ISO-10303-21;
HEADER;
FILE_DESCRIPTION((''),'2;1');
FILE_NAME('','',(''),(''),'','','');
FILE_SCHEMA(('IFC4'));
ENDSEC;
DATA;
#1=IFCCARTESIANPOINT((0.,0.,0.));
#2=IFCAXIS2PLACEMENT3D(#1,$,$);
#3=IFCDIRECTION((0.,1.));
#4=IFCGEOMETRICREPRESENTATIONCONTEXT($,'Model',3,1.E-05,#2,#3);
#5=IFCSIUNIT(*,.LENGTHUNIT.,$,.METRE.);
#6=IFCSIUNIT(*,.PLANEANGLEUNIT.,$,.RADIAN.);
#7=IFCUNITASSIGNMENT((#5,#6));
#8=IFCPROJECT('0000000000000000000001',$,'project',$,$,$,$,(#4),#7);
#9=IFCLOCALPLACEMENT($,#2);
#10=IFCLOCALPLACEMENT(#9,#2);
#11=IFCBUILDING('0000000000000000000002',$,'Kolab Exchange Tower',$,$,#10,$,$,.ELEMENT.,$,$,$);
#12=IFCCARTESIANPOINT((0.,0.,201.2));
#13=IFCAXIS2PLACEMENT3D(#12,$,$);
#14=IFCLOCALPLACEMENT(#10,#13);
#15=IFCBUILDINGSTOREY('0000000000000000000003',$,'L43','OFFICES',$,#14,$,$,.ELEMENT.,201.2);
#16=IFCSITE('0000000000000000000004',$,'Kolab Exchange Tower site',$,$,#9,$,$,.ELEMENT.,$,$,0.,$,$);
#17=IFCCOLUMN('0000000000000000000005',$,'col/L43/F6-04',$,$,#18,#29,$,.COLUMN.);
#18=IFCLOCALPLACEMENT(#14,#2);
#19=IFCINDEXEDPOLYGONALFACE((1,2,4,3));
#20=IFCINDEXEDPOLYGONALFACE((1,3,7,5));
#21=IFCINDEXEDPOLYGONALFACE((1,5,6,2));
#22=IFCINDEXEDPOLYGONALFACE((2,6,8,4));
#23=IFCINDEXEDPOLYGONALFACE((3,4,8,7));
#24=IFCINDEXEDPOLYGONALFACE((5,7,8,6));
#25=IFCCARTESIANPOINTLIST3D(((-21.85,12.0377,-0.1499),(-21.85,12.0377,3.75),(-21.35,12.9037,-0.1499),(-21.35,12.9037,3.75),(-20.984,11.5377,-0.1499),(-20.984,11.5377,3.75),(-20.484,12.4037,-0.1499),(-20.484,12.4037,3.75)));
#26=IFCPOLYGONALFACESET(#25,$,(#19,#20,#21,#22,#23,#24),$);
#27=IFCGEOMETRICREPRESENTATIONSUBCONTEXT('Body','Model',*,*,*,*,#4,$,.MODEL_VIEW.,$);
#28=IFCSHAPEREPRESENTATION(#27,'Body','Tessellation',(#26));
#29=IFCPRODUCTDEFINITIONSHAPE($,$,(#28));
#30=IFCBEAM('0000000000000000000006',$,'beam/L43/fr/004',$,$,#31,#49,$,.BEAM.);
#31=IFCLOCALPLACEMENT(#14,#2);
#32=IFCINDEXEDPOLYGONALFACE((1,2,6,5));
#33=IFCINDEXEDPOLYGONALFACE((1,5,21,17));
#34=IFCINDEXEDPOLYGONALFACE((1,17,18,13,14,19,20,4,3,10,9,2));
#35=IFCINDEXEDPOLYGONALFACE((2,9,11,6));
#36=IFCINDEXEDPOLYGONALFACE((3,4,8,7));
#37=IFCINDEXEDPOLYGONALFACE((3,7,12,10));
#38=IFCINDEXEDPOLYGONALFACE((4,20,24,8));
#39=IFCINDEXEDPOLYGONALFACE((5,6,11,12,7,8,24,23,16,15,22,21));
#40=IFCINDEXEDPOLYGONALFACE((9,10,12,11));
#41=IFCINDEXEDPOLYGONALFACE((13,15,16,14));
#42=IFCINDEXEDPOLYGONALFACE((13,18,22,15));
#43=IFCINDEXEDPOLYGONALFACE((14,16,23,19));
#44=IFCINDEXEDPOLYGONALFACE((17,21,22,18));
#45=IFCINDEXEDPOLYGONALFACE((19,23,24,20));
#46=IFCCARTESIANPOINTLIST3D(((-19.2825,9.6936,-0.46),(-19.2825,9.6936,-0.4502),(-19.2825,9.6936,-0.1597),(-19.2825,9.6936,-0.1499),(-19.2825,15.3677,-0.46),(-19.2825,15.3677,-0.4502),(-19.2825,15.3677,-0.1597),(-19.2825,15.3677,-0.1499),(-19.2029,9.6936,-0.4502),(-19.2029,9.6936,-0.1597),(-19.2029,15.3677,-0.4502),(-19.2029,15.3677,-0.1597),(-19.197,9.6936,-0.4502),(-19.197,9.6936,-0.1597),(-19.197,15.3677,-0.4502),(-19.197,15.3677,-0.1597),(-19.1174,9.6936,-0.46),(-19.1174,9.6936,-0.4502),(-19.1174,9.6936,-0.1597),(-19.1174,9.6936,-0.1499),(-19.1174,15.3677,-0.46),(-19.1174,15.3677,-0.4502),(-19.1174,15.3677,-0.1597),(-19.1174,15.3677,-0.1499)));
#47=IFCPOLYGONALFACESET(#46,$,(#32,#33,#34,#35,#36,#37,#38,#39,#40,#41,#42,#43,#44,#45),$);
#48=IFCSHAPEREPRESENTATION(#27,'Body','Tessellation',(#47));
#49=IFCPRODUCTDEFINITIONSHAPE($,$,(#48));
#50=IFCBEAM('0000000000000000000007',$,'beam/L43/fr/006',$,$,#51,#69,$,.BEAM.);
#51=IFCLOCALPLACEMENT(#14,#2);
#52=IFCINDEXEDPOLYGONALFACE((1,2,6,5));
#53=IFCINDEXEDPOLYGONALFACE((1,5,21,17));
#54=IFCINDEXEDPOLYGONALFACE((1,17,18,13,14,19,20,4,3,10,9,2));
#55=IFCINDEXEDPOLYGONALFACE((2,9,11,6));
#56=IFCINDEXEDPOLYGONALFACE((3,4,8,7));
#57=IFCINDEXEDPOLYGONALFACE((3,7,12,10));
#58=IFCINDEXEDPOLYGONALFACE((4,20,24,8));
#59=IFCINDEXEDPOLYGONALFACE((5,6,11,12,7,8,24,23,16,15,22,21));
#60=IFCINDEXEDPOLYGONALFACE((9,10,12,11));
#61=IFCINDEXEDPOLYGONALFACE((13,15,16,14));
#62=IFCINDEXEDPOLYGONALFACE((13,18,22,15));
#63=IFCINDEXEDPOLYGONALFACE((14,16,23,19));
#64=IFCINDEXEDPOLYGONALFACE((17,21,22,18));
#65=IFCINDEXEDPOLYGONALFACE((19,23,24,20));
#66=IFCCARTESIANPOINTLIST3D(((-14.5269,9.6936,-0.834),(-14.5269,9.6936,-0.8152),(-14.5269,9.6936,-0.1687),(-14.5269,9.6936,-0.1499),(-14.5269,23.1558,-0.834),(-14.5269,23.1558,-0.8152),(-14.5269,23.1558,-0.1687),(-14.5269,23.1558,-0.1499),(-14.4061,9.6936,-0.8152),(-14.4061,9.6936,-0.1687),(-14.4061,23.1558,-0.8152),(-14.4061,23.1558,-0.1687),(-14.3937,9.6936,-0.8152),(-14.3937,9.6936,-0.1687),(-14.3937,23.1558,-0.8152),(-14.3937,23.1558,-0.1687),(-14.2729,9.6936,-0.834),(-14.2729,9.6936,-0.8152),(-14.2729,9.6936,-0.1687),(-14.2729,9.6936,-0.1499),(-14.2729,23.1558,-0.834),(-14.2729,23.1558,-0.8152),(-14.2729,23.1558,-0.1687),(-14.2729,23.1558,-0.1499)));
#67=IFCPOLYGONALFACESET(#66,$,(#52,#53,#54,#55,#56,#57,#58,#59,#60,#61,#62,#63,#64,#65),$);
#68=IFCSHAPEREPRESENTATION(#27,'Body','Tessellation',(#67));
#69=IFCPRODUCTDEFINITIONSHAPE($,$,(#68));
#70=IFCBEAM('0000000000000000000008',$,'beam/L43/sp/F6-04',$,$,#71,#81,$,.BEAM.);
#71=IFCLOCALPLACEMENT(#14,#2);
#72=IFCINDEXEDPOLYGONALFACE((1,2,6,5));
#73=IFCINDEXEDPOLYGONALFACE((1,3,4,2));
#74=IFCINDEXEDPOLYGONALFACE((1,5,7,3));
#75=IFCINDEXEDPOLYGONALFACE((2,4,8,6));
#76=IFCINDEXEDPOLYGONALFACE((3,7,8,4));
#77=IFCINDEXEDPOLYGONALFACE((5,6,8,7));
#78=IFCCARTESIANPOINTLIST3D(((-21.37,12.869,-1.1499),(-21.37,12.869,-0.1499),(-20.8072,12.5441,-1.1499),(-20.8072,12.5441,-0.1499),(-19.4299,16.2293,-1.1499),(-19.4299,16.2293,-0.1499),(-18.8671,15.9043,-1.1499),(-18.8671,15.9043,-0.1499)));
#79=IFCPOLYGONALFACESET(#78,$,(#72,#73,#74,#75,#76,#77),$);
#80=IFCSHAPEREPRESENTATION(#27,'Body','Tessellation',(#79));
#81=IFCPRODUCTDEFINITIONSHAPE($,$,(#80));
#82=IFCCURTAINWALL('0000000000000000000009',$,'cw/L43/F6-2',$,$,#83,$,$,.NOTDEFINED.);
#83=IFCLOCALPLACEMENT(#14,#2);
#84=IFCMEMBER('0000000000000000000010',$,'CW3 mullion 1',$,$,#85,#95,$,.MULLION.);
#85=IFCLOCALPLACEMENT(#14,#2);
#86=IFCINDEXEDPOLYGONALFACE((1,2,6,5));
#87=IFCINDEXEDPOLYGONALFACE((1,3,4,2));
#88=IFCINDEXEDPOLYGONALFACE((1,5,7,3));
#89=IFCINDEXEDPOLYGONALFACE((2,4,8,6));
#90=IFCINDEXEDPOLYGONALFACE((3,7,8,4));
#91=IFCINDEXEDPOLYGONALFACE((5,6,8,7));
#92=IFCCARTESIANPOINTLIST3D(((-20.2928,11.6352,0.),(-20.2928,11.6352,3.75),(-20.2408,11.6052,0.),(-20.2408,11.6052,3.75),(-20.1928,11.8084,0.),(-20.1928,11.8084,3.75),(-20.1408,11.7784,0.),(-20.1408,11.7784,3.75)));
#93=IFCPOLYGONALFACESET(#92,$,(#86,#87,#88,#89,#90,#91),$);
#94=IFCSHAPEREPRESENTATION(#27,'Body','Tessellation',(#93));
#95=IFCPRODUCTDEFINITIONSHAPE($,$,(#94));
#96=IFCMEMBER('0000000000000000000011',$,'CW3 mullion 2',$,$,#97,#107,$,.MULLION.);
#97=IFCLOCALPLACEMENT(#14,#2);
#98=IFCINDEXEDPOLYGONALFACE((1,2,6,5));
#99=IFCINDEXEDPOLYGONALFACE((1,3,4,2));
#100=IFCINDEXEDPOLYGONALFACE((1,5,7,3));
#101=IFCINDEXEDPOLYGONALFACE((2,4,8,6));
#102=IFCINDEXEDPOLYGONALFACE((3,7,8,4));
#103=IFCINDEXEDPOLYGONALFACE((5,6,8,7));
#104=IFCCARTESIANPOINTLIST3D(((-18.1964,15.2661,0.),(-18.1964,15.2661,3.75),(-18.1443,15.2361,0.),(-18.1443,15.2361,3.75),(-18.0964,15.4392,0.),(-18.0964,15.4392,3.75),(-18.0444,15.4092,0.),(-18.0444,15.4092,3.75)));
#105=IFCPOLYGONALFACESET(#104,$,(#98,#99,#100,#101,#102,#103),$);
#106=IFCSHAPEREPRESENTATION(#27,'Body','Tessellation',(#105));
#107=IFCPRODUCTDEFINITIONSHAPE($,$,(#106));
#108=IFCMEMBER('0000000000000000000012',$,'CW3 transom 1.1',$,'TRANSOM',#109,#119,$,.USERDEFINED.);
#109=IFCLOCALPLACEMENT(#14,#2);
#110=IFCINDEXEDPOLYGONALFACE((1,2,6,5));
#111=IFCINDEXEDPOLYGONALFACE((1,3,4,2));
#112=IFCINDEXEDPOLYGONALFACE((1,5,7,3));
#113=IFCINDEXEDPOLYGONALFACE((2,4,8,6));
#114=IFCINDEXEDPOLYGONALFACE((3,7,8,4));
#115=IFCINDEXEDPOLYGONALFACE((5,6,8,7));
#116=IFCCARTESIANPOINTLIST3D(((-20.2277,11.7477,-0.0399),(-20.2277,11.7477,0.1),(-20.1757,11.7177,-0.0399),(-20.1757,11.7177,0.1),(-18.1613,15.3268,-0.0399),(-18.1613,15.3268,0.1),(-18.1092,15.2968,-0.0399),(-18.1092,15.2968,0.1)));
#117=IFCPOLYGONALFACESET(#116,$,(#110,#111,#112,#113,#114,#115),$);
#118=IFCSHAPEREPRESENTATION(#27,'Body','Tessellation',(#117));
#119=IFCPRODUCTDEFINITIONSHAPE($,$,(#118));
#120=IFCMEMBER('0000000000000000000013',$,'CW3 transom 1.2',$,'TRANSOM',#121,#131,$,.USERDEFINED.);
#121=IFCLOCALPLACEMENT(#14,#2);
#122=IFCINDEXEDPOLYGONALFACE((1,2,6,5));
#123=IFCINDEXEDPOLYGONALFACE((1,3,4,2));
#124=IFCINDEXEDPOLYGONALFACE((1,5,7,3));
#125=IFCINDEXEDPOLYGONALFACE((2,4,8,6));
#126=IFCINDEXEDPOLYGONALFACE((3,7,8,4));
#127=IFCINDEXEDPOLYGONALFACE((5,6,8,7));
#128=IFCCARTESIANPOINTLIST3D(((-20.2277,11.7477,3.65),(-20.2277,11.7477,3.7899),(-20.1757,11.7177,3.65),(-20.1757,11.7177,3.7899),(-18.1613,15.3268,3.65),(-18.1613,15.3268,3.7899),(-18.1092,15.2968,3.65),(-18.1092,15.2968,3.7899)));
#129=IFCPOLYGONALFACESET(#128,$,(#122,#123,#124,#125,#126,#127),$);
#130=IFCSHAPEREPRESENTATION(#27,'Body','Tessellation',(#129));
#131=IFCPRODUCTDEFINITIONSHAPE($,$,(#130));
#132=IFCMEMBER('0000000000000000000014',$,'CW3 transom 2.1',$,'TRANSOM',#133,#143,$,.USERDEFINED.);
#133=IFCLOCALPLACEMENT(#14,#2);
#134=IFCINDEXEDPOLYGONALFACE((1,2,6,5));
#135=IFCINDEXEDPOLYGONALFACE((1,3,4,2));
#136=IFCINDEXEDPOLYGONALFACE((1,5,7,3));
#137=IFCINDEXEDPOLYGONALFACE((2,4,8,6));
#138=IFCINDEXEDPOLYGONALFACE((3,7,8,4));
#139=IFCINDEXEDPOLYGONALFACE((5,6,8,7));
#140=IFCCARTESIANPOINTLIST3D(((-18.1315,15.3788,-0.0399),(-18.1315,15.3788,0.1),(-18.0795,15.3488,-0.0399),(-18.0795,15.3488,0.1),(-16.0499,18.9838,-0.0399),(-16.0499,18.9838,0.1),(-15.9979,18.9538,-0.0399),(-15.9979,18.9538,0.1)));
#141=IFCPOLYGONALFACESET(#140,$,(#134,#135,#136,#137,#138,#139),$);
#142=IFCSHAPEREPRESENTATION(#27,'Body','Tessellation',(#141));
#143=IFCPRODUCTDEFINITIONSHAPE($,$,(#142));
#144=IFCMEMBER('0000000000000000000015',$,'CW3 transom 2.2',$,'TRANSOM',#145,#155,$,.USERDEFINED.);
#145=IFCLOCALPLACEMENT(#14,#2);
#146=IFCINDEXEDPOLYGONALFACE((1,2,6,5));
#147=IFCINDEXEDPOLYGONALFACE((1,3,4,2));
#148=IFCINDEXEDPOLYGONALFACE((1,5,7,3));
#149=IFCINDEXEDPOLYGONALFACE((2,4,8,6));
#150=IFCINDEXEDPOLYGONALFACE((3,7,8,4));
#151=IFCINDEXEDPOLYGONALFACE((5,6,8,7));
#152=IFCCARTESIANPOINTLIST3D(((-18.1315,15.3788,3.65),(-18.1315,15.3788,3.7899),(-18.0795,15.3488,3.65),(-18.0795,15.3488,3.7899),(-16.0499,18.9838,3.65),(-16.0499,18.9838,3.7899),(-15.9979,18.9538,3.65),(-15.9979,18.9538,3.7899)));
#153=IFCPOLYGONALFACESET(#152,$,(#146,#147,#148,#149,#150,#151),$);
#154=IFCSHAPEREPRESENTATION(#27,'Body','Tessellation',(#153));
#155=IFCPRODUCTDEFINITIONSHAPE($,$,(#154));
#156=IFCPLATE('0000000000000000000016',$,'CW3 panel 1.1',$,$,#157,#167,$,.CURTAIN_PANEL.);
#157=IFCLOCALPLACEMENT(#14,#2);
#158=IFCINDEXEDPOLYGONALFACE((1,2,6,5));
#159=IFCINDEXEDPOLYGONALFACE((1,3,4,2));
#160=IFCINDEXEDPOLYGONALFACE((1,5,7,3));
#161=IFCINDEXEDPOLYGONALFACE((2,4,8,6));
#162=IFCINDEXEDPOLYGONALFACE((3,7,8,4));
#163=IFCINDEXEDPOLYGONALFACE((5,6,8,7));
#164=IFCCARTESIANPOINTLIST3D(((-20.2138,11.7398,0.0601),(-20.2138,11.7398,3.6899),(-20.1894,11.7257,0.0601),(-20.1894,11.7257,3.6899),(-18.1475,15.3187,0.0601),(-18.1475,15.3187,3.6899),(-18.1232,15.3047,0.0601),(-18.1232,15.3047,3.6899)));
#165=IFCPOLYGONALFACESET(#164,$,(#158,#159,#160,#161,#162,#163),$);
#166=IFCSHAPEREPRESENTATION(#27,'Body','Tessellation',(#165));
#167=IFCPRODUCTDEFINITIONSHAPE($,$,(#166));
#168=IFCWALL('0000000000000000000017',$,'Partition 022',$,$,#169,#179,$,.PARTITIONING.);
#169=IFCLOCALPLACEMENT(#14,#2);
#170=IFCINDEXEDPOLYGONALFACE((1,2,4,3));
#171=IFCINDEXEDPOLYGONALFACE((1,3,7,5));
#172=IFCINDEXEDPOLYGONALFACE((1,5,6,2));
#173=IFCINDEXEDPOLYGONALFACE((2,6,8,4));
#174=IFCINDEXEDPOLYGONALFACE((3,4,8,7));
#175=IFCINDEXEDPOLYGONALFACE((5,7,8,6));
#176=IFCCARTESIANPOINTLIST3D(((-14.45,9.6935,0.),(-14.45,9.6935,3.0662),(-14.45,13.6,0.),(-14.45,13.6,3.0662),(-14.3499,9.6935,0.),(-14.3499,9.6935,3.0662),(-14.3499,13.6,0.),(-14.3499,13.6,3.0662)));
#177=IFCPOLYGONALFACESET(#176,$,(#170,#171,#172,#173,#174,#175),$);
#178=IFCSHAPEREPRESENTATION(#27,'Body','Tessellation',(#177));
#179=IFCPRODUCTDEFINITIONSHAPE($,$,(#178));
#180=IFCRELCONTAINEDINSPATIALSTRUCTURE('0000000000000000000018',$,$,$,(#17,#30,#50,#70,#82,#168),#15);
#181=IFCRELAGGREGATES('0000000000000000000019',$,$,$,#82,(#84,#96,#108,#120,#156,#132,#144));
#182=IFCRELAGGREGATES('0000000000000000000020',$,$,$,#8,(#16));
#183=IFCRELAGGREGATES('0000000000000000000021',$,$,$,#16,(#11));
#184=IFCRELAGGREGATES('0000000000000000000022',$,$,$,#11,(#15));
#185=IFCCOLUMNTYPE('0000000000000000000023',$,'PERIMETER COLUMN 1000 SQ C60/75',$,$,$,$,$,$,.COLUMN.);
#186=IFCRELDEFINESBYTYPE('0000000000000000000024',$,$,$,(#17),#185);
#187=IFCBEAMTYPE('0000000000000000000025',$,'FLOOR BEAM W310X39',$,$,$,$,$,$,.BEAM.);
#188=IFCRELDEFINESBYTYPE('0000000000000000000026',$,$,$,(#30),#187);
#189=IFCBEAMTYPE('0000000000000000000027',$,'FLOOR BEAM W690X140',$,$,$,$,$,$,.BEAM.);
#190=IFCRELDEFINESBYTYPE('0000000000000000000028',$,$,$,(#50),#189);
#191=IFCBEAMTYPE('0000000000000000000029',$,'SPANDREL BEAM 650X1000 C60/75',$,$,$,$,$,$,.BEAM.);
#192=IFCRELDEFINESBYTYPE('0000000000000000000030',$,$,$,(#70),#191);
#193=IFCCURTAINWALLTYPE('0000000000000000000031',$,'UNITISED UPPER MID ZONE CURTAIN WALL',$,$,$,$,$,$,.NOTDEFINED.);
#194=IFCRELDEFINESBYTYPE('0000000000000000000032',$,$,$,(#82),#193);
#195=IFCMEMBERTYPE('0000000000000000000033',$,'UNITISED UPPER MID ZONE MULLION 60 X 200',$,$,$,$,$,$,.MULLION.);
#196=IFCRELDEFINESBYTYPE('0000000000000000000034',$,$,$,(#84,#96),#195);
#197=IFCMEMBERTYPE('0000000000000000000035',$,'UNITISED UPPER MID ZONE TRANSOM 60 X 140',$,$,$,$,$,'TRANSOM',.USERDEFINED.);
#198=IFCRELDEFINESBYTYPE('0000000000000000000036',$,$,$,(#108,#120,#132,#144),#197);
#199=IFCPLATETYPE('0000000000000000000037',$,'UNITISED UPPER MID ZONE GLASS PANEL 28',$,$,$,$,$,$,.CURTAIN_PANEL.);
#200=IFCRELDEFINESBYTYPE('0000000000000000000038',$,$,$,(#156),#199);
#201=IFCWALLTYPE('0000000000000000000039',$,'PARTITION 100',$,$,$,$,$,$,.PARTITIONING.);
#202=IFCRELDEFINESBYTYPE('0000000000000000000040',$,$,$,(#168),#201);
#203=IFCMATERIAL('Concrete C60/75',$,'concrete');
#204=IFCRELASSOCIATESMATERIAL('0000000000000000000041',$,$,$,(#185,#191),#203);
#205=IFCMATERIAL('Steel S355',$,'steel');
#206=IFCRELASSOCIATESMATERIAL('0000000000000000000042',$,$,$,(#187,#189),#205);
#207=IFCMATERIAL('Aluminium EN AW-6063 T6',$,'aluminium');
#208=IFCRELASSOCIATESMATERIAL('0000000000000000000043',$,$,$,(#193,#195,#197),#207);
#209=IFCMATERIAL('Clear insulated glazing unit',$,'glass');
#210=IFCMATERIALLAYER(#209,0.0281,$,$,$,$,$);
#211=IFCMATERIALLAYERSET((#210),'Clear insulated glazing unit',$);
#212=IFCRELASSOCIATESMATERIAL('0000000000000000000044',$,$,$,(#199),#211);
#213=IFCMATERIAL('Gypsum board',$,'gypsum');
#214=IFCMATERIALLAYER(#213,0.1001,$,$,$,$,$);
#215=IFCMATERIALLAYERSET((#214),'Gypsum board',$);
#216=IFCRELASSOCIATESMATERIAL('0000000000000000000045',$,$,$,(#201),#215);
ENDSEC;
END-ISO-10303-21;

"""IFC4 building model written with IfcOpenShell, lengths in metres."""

from ifc_helpers import new_model, si_unit, direction, frame, frame_2d, origin, origin_2d, place, context, subcontext, project, spatial, rectangle, i_section, extrude, material, layer, layer_set, material_profile, profile_set, type_object, element, aggregate, save


model = new_model("IFC4")

# Units and contexts
model_context = context("Model", 3, precision=1e-05, world=origin(), true_north=direction((0.0, 1.0)))
body_context = subcontext(model_context, "Body", "Model", "MODEL_VIEW")
ifc_project = project(units=[si_unit("LENGTHUNIT", "METRE"), si_unit("PLANEANGLEUNIT", "RADIAN")], contexts=[model_context])

# Site, building, storey
site_placement = place(None, origin())
site = spatial("IfcSite", under=ifc_project, at=site_placement, Name="Kolab Exchange Tower site", CompositionType="ELEMENT", RefElevation=0.0)
building_placement = place(site_placement, origin())
building = spatial("IfcBuilding", under=site, at=building_placement, Name="Kolab Exchange Tower", CompositionType="ELEMENT")
storey_placement = place(building_placement, frame((0.0, 0.0, 201.2)))
storey = spatial("IfcBuildingStorey", under=building, at=storey_placement, Name="L43", Description="OFFICES", CompositionType="ELEMENT", Elevation=201.2)

# Column
ifc_material_1 = material(Name="Concrete C60/75", Category="concrete")
ifc_material_profile_1 = material_profile(ifc_material_1, rectangle(XDim=1.0, YDim=1.0, at=origin_2d()), Name="RC1000")
ifc_profile_set_1 = profile_set([ifc_material_profile_1], Name="Concrete C60/75")
column_type = type_object("IfcColumnType", Name="PERIMETER COLUMN 1000 SQ C60/75", PredefinedType="COLUMN", material=ifc_profile_set_1)
column_placement = place(storey_placement, frame((-21.167, 12.2207, -0.1499), z_axis=(0.0, 0.0, 1.0), x_axis=(0.5, 0.866025, 0.0)))
element("IfcColumn", 1, at=column_placement, inside=storey, type_object=column_type, Name="col/L43/F6-04", PredefinedType="COLUMN", context=body_context, shape_type="SweptSolid", body=[
    extrude(rectangle(XDim=1.0, YDim=1.0, at=origin_2d()), origin(), (0.0, 0.0, 1.0), 3.8999),
])

# Beams
ifc_material_2 = material(Name="Steel S355", Category="steel")
ifc_material_profile_2 = material_profile(ifc_material_2, i_section(OverallWidth=0.165, OverallDepth=0.3101, WebThickness=0.0059, FlangeThickness=0.0098, at=origin_2d()), Name="W310X39")
ifc_profile_set_2 = profile_set([ifc_material_profile_2], Name="Steel S355")
beam_type_1 = type_object("IfcBeamType", Name="FLOOR BEAM W310X39", PredefinedType="BEAM", material=ifc_profile_set_2)
beam_1_placement = place(storey_placement, frame((-19.2, 9.6936, -0.3049), z_axis=(0.0, 1.0, 0.0), x_axis=(-1.0, 0.0, 0.0)))
element("IfcBeam", 2, at=beam_1_placement, inside=storey, type_object=beam_type_1, Name="beam/L43/fr/004", PredefinedType="BEAM", context=body_context, shape_type="SweptSolid", body=[
    extrude(i_section(OverallWidth=0.165, OverallDepth=0.3101, WebThickness=0.0059, FlangeThickness=0.0098, at=origin_2d()), origin(), (0.0, 0.0, 1.0), 5.6741),
])
ifc_material_profile_3 = material_profile(ifc_material_2, i_section(OverallWidth=0.2539, OverallDepth=0.6841, WebThickness=0.0125, FlangeThickness=0.0188, at=origin_2d()), Name="W690X140")
ifc_profile_set_3 = profile_set([ifc_material_profile_3], Name="Steel S355")
beam_type_2 = type_object("IfcBeamType", Name="FLOOR BEAM W690X140", PredefinedType="BEAM", material=ifc_profile_set_3)
beam_2_placement = place(storey_placement, frame((-14.3999, 9.6936, -0.4919), z_axis=(0.0, 1.0, 0.0), x_axis=(-1.0, 0.0, 0.0)))
element("IfcBeam", 3, at=beam_2_placement, inside=storey, type_object=beam_type_2, Name="beam/L43/fr/006", PredefinedType="BEAM", context=body_context, shape_type="SweptSolid", body=[
    extrude(i_section(OverallWidth=0.2539, OverallDepth=0.6841, WebThickness=0.0125, FlangeThickness=0.0188, at=origin_2d()), origin(), (0.0, 0.0, 1.0), 13.4622),
])
ifc_material_profile_4 = material_profile(ifc_material_1, rectangle(XDim=0.6499, YDim=1.0, at=origin_2d()), Name="RC650X1000")
ifc_profile_set_4 = profile_set([ifc_material_profile_4], Name="Concrete C60/75")
beam_type_3 = type_object("IfcBeamType", Name="SPANDREL BEAM 650X1000 C60/75", PredefinedType="BEAM", material=ifc_profile_set_4)
beam_3_placement = place(storey_placement, frame((-21.0886, 12.7065, -0.6499), z_axis=(0.500017, 0.866016, 0.0), x_axis=(-0.866016, 0.500017, 0.0)))
element("IfcBeam", 4, at=beam_3_placement, inside=storey, type_object=beam_type_3, Name="beam/L43/sp/F6-04", PredefinedType="BEAM", context=body_context, shape_type="SweptSolid", body=[
    extrude(rectangle(XDim=0.6499, YDim=1.0, at=origin_2d()), origin(), (0.0, 0.0, 1.0), 3.8801),
])

# Curtain wall, members, plate
ifc_material_3 = material(Name="Aluminium EN AW-6063 T6", Category="aluminium")
curtain_wall_type = type_object("IfcCurtainWallType", Name="UNITISED UPPER MID ZONE CURTAIN WALL", PredefinedType="NOTDEFINED", material=ifc_material_3)
curtain_wall_placement = place(storey_placement, origin())
curtain_wall = element("IfcCurtainWall", 5, at=curtain_wall_placement, inside=storey, type_object=curtain_wall_type, Name="cw/L43/F6-2", PredefinedType="NOTDEFINED")
ifc_material_profile_5 = material_profile(ifc_material_3, rectangle(XDim=0.0601, YDim=0.2, at=origin_2d()), Name="RECT 60X200")
ifc_profile_set_5 = profile_set([ifc_material_profile_5], Name="Aluminium EN AW-6063 T6")
member_type_1 = type_object("IfcMemberType", Name="UNITISED UPPER MID ZONE MULLION 60 X 200", PredefinedType="MULLION", material=ifc_profile_set_5)
member_1_placement = place(storey_placement, frame((-20.2168, 11.7068, 0.0), z_axis=(0.0, 0.0, 1.0), x_axis=(-0.866025, 0.5, 0.0)))
member_1 = element("IfcMember", 6, at=member_1_placement, type_object=member_type_1, Name="CW3 mullion 1", PredefinedType="MULLION", context=body_context, shape_type="SweptSolid", body=[
    extrude(rectangle(XDim=0.0601, YDim=0.2, at=origin_2d()), origin(), (0.0, 0.0, 1.0), 3.75),
])
member_2_placement = place(storey_placement, frame((-18.1204, 15.3376, 0.0), z_axis=(0.0, 0.0, 1.0), x_axis=(-0.866025, 0.5, 0.0)))
member_2 = element("IfcMember", 7, at=member_2_placement, type_object=member_type_1, Name="CW3 mullion 2", PredefinedType="MULLION", context=body_context, shape_type="SweptSolid", body=[
    extrude(rectangle(XDim=0.0601, YDim=0.2, at=origin_2d()), origin(), (0.0, 0.0, 1.0), 3.75),
])
ifc_material_profile_6 = material_profile(ifc_material_3, rectangle(XDim=0.0601, YDim=0.1399, at=origin_2d()), Name="RECT 60X140")
ifc_profile_set_6 = profile_set([ifc_material_profile_6], Name="Aluminium EN AW-6063 T6")
member_type_2 = type_object("IfcMemberType", Name="UNITISED UPPER MID ZONE TRANSOM 60 X 140", ElementType="TRANSOM", PredefinedType="USERDEFINED", material=ifc_profile_set_6)
member_3_placement = place(storey_placement, frame((-20.2017, 11.7327, 0.03), z_axis=(0.500002, 0.866024, 0.0), x_axis=(-0.866024, 0.500002, 0.0)))
member_3 = element("IfcMember", 8, at=member_3_placement, type_object=member_type_2, Name="CW3 transom 1.1", ObjectType="TRANSOM", PredefinedType="USERDEFINED", context=body_context, shape_type="SweptSolid", body=[
    extrude(rectangle(XDim=0.0601, YDim=0.1399, at=origin_2d()), origin(), (0.0, 0.0, 1.0), 4.1328),
])
member_4_placement = place(storey_placement, frame((-20.2017, 11.7327, 3.72), z_axis=(0.500002, 0.866024, 0.0), x_axis=(-0.866024, 0.500002, 0.0)))
member_4 = element("IfcMember", 9, at=member_4_placement, type_object=member_type_2, Name="CW3 transom 1.2", ObjectType="TRANSOM", PredefinedType="USERDEFINED", context=body_context, shape_type="SweptSolid", body=[
    extrude(rectangle(XDim=0.0601, YDim=0.1399, at=origin_2d()), origin(), (0.0, 0.0, 1.0), 4.1328),
])
member_5_placement = place(storey_placement, frame((-18.1055, 15.3638, 0.03), z_axis=(0.500037, 0.866004, 0.0), x_axis=(-0.866004, 0.500037, 0.0)))
member_5 = element("IfcMember", 10, at=member_5_placement, type_object=member_type_2, Name="CW3 transom 2.1", ObjectType="TRANSOM", PredefinedType="USERDEFINED", context=body_context, shape_type="SweptSolid", body=[
    extrude(rectangle(XDim=0.0601, YDim=0.1399, at=origin_2d()), origin(), (0.0, 0.0, 1.0), 4.1628),
])
member_6_placement = place(storey_placement, frame((-18.1055, 15.3638, 3.72), z_axis=(0.500037, 0.866004, 0.0), x_axis=(-0.866004, 0.500037, 0.0)))
member_6 = element("IfcMember", 11, at=member_6_placement, type_object=member_type_2, Name="CW3 transom 2.2", ObjectType="TRANSOM", PredefinedType="USERDEFINED", context=body_context, shape_type="SweptSolid", body=[
    extrude(rectangle(XDim=0.0601, YDim=0.1399, at=origin_2d()), origin(), (0.0, 0.0, 1.0), 4.1628),
])
ifc_material_4 = material(Name="Clear insulated glazing unit", Category="glass")
ifc_layer_1 = layer(ifc_material_4, 0.0281)
ifc_layer_set_1 = layer_set([ifc_layer_1], Name="Clear insulated glazing unit")
plate_type = type_object("IfcPlateType", Name="UNITISED UPPER MID ZONE GLASS PANEL 28", PredefinedType="CURTAIN_PANEL", material=ifc_layer_set_1)
plate_placement = place(storey_placement, frame((-19.1685, 13.5222, 0.0601), z_axis=(0.0, 0.0, 1.0), x_axis=(0.5, 0.866025, 0.0)))
plate = element("IfcPlate", 12, at=plate_placement, type_object=plate_type, Name="CW3 panel 1.1", PredefinedType="CURTAIN_PANEL", context=body_context, shape_type="SweptSolid", body=[
    extrude(rectangle(XDim=4.1326, YDim=0.0281, at=origin_2d()), origin(), (0.0, 0.0, 1.0), 3.6299),
])
aggregate(curtain_wall, [member_1, member_2, member_3, member_4, plate, member_5, member_6])

# Wall
ifc_material_5 = material(Name="Gypsum board", Category="gypsum")
ifc_layer_2 = layer(ifc_material_5, 0.1001)
ifc_layer_set_2 = layer_set([ifc_layer_2], Name="Gypsum board")
wall_type_1 = type_object("IfcWallType", Name="PARTITION 100", PredefinedType="PARTITIONING", material=ifc_layer_set_2)
wall_1_placement = place(storey_placement, frame((-14.3999, 9.6936, 0.0), z_axis=(0.0, 0.0, 1.0), x_axis=(0.0, 1.0, 0.0)))
element("IfcWall", 13, at=wall_1_placement, inside=storey, type_object=wall_type_1, Name="Partition 022", PredefinedType="PARTITIONING", context=body_context, shape_type="SweptSolid", body=[
    extrude(rectangle(XDim=3.9065, YDim=0.1001, at=frame_2d((1.9531, 0.0))), origin(), (0.0, 0.0, 1.0), 3.0662),
])

save(model, "model.ifc")
